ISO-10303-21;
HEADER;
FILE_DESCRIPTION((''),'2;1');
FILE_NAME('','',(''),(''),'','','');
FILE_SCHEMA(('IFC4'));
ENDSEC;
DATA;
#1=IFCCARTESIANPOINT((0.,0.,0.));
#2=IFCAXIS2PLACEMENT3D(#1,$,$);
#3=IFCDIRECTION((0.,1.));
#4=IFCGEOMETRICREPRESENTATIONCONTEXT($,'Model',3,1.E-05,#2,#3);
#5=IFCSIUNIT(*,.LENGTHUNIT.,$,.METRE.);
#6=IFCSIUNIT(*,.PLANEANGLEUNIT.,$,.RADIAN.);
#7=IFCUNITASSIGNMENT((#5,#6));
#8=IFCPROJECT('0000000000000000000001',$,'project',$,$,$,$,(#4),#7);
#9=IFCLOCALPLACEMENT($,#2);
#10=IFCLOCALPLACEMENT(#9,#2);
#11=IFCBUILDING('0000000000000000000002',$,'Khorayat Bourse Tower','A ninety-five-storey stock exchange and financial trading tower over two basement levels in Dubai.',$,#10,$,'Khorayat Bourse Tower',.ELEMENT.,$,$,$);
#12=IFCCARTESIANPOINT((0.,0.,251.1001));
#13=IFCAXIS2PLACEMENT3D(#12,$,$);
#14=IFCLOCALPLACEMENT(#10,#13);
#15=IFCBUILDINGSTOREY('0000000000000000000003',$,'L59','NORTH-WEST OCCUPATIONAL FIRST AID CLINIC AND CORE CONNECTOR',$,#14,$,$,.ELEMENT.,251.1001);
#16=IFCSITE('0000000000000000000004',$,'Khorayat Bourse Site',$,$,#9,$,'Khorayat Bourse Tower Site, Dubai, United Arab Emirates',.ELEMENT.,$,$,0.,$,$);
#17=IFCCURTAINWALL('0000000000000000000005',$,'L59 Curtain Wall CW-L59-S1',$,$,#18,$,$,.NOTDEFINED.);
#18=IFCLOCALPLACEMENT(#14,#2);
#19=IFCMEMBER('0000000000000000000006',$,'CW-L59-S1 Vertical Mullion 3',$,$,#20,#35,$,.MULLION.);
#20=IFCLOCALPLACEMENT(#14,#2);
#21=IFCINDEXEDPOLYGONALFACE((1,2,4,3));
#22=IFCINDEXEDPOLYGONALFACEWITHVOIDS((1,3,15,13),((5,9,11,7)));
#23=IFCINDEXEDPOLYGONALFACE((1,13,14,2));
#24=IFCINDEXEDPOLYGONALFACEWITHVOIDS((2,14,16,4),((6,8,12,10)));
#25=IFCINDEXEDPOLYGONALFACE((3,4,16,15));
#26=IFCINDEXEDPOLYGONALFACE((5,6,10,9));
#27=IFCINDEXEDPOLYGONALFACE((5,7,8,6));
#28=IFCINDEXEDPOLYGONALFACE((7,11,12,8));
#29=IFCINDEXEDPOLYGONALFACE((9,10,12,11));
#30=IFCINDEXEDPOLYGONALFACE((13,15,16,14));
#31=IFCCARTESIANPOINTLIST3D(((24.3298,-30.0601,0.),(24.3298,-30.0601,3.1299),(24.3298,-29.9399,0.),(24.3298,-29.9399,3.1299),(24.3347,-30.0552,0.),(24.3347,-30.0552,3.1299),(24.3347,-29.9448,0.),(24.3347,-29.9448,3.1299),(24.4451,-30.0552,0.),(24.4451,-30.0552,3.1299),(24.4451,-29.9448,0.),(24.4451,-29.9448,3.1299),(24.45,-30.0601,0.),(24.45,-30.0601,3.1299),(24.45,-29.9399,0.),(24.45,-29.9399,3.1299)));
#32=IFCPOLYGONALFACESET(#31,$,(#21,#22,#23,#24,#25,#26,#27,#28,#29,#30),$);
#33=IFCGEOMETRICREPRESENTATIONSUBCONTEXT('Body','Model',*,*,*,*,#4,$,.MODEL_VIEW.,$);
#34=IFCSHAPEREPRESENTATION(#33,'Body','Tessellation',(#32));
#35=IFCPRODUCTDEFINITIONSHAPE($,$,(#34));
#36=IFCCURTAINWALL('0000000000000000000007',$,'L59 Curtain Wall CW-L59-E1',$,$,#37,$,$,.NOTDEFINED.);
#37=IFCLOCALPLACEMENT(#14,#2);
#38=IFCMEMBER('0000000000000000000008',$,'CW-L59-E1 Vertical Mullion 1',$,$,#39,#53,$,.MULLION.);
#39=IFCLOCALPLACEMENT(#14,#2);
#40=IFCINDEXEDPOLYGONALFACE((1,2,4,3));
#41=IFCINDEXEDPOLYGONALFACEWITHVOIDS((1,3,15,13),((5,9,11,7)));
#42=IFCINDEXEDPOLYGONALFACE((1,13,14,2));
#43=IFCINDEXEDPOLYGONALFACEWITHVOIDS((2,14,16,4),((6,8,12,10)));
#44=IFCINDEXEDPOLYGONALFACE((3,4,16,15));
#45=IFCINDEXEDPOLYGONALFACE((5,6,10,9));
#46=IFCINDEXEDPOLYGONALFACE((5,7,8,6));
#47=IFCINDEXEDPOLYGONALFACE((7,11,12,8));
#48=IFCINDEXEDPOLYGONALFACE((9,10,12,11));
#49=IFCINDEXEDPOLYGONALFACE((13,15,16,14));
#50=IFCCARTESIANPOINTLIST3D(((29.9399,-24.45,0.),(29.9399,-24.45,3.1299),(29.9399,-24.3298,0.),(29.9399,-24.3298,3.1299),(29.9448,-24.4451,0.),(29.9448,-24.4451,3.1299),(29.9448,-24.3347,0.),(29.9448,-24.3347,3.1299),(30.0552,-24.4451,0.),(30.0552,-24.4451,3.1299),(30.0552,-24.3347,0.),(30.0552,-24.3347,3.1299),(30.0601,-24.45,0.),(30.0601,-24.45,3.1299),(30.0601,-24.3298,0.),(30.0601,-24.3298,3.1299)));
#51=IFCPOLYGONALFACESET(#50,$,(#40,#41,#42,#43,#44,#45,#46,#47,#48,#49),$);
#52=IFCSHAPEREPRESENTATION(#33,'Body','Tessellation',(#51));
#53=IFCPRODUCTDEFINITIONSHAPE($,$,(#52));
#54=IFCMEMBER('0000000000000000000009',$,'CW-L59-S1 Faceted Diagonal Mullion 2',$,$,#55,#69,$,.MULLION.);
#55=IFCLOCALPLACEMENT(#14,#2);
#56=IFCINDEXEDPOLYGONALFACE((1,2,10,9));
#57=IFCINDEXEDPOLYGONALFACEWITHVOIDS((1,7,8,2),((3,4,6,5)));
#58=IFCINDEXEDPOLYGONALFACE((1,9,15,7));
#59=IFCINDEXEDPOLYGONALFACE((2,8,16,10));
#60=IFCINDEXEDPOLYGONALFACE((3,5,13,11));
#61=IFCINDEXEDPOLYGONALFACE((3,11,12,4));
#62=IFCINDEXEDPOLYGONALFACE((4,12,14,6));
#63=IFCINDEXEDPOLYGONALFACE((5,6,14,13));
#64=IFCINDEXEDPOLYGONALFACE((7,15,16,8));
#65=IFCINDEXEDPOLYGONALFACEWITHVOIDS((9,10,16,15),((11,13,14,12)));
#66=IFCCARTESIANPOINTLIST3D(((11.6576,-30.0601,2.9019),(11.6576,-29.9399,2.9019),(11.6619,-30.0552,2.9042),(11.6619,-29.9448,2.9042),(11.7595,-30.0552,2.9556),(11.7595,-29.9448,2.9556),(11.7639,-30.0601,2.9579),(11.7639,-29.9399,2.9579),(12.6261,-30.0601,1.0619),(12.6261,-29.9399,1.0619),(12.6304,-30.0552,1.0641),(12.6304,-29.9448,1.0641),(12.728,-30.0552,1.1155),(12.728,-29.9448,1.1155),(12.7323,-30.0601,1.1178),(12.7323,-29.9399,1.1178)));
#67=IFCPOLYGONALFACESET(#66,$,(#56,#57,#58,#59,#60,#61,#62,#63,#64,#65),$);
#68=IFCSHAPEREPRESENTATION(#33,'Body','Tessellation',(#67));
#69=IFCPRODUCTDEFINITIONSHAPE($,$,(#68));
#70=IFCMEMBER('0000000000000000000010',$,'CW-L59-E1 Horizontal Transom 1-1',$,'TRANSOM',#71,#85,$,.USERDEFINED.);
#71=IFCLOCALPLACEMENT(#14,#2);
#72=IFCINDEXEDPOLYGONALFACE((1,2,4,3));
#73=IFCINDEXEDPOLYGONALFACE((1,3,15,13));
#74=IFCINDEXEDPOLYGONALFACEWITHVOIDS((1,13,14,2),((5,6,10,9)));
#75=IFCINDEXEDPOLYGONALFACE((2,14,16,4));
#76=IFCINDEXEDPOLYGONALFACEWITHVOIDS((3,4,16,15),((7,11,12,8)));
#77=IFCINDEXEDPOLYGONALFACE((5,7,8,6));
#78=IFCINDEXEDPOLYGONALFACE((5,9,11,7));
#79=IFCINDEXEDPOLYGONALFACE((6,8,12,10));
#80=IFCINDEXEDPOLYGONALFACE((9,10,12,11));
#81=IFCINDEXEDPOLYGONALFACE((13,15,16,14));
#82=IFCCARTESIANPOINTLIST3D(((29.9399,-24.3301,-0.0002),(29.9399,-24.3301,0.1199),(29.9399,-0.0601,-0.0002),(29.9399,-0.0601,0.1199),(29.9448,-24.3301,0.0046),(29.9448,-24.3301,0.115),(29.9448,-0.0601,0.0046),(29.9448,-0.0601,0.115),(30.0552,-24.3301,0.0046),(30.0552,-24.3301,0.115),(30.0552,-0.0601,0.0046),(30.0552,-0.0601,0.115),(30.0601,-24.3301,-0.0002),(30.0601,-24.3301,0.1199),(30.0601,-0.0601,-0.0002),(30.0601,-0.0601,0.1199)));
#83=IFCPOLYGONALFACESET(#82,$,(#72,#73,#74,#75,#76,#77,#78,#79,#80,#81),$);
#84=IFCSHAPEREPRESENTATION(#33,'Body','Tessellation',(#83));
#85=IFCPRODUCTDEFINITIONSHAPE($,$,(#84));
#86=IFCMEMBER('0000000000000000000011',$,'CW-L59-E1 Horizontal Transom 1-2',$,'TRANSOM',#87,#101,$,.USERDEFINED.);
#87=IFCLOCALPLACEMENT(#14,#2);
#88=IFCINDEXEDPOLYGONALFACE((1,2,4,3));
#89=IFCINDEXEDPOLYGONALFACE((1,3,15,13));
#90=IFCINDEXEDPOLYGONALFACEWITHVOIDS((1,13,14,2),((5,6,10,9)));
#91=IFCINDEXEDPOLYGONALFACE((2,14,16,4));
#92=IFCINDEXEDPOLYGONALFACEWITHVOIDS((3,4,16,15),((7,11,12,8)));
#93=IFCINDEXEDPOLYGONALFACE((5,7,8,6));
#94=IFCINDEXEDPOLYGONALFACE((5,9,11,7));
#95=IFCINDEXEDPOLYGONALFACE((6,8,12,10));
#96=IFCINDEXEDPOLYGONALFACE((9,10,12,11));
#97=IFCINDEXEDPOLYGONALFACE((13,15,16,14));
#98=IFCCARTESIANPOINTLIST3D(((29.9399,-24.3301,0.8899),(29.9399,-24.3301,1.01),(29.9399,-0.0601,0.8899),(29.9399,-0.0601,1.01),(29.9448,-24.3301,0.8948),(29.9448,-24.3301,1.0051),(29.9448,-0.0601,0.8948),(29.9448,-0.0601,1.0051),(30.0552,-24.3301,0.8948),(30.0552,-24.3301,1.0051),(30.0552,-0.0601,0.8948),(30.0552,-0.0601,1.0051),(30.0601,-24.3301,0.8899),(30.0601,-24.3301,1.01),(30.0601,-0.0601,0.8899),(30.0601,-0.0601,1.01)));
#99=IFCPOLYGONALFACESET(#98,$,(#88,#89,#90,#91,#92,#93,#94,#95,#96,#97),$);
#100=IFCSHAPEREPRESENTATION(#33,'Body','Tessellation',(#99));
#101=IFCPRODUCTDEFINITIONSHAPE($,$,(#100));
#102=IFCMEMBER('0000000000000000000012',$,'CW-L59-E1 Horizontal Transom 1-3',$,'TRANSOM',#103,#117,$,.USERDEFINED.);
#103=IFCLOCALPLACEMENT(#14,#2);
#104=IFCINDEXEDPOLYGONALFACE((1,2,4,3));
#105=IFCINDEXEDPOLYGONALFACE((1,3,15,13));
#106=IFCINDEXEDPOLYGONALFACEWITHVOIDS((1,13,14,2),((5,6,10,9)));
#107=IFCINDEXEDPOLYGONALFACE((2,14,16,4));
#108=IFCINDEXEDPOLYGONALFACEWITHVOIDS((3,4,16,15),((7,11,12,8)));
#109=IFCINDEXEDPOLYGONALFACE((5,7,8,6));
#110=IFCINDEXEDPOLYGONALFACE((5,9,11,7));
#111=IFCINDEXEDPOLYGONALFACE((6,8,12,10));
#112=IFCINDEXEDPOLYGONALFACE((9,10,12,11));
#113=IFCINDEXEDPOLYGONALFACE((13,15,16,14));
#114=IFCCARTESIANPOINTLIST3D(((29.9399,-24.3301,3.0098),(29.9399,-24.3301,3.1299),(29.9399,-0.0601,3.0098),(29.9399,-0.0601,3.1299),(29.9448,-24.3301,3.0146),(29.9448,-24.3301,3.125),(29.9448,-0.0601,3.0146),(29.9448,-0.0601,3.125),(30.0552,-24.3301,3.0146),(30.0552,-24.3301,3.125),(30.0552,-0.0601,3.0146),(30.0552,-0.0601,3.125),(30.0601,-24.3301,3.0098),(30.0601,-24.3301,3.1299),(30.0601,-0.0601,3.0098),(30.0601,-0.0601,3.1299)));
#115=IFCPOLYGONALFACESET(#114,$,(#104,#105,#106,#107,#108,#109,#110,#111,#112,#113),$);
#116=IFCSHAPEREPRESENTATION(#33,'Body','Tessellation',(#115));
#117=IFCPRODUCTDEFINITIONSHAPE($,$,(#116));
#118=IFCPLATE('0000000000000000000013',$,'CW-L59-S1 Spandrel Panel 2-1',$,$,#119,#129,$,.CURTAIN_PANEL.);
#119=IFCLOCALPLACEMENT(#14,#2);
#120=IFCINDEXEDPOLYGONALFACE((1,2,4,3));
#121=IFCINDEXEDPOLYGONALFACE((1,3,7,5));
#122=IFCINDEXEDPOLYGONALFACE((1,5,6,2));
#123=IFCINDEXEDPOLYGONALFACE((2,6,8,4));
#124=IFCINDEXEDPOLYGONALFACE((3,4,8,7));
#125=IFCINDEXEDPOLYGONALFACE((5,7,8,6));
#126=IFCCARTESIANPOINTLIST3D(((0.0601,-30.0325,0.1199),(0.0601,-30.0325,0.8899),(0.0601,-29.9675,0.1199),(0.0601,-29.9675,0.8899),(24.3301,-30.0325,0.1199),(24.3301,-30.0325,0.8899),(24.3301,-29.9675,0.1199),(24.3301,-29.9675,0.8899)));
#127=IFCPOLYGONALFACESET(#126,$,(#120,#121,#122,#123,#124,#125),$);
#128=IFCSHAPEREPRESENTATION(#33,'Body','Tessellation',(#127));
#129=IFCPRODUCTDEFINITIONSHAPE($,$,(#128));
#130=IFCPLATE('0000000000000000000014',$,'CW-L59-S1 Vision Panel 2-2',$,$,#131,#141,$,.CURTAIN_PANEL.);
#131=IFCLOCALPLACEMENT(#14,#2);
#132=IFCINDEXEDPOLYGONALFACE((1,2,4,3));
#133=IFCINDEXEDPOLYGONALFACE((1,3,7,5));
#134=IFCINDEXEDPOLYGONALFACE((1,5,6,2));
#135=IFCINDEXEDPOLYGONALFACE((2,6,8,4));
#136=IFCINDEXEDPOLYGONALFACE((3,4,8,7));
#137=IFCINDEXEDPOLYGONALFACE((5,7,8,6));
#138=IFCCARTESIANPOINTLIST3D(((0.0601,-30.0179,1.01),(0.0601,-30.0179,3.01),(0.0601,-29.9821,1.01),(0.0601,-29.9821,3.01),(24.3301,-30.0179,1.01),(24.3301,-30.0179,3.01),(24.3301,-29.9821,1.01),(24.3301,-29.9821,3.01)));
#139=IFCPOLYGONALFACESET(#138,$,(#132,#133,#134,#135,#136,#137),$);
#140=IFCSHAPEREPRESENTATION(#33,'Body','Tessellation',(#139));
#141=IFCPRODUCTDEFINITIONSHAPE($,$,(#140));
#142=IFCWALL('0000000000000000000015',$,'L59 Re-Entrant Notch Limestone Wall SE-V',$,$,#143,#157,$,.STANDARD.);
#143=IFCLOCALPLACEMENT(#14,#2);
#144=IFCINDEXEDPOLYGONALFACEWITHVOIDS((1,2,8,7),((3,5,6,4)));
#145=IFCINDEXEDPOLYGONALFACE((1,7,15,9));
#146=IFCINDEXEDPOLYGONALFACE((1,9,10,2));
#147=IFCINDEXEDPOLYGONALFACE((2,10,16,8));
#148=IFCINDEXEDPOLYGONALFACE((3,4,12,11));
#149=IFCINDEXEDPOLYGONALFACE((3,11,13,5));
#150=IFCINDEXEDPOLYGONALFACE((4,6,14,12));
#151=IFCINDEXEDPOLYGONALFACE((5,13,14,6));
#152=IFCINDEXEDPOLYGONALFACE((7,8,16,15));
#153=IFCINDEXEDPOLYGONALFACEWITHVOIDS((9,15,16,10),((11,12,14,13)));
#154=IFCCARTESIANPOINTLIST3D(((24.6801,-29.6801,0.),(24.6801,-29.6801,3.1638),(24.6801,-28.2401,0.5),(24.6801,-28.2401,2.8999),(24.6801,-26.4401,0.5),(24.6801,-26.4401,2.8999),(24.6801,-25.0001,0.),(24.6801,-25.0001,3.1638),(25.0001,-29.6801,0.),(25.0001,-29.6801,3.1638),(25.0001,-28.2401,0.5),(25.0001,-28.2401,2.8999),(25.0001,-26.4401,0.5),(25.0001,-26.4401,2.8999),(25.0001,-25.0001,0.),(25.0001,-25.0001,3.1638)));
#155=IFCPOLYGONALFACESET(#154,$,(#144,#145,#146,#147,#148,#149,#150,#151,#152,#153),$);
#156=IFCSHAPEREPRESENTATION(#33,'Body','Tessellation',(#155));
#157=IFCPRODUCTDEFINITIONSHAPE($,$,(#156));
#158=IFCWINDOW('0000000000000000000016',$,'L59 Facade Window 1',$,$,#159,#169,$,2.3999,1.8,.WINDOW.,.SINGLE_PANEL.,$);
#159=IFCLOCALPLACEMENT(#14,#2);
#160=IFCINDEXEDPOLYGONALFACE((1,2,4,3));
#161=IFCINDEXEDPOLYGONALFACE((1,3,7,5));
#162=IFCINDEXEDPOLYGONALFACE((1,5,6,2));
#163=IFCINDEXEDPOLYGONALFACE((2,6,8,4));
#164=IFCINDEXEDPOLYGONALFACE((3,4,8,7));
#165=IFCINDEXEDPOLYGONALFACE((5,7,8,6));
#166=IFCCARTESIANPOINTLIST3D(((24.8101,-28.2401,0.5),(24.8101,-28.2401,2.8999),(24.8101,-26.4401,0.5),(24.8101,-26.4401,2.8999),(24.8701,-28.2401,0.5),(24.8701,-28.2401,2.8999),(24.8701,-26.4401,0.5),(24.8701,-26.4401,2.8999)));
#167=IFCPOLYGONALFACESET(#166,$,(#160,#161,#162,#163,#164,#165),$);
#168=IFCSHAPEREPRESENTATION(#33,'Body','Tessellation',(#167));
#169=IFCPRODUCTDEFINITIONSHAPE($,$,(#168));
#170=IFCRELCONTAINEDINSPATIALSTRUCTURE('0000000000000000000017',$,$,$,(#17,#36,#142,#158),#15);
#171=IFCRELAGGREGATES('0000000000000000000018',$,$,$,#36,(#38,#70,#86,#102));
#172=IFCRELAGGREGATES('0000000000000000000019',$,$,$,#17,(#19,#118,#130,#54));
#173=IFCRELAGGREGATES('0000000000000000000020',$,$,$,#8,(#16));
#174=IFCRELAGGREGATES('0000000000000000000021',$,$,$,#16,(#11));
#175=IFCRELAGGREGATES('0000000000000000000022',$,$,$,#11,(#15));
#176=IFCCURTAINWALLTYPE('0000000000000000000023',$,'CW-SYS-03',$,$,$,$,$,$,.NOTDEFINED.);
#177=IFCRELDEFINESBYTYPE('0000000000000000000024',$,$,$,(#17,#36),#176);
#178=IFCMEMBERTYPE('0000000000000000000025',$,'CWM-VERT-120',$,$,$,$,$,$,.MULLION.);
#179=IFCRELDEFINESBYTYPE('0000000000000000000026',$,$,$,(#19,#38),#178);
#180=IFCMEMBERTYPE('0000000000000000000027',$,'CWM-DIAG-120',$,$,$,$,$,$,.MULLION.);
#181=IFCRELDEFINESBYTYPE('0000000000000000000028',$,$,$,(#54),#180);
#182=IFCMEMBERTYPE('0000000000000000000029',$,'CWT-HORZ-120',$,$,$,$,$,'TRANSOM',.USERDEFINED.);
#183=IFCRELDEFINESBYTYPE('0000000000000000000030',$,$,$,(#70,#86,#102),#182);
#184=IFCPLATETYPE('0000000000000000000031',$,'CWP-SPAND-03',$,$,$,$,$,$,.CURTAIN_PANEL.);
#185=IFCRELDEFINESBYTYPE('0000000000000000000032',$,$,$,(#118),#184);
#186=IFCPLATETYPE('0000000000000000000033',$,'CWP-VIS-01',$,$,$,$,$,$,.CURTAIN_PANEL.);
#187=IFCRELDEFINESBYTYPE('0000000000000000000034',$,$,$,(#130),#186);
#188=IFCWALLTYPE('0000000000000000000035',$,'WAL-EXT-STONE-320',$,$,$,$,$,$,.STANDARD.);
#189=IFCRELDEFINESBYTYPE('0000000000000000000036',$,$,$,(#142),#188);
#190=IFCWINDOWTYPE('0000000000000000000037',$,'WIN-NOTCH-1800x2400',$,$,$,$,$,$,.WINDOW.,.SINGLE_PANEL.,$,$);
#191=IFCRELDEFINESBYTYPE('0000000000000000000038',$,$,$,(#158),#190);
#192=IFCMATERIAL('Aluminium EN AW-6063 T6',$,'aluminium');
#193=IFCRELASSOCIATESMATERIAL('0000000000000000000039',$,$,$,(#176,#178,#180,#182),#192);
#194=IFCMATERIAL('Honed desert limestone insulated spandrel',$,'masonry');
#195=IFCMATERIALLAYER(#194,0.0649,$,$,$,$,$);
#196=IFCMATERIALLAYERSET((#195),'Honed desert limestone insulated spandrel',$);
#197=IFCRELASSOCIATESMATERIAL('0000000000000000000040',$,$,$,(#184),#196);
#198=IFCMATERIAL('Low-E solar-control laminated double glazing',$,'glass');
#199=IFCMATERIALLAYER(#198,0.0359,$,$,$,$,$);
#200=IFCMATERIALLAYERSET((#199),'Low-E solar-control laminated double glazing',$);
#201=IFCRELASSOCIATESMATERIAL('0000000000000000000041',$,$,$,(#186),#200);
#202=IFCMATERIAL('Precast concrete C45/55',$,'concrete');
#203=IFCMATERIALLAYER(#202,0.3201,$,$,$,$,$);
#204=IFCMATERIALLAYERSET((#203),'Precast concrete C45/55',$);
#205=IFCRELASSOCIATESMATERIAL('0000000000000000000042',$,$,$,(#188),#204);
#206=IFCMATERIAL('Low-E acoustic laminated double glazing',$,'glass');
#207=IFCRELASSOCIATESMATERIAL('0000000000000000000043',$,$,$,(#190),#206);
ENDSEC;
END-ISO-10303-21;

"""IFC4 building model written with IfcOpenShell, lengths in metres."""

from ifc_helpers import new_model, si_unit, direction, frame, frame_2d, origin, origin_2d, place, context, subcontext, project, spatial, rectangle, hollow_rectangle, extrude, source, transform, mapped, material, layer, layer_set, material_profile, profile_set, type_object, element, fill, aggregate, save


model = new_model("IFC4")

# Units and contexts
model_context = context("Model", 3, precision=1e-05, world=origin(), true_north=direction((0.0, 1.0)))
body_context = subcontext(model_context, "Body", "Model", "MODEL_VIEW")
ifc_project = project(units=[si_unit("LENGTHUNIT", "METRE"), si_unit("PLANEANGLEUNIT", "RADIAN")], contexts=[model_context])

# Site, building, storey
site_placement = place(None, origin())
site = spatial("IfcSite", under=ifc_project, at=site_placement, Name="Khorayat Bourse Site", LongName="Khorayat Bourse Tower Site, Dubai, United Arab Emirates", CompositionType="ELEMENT", RefElevation=0.0)
building_placement = place(site_placement, origin())
building = spatial("IfcBuilding", under=site, at=building_placement, Name="Khorayat Bourse Tower", Description="A ninety-five-storey stock exchange and financial trading tower over two basement levels in Dubai.", LongName="Khorayat Bourse Tower", CompositionType="ELEMENT")
storey_placement = place(building_placement, frame((0.0, 0.0, 251.1001)))
storey = spatial("IfcBuildingStorey", under=building, at=storey_placement, Name="L59", Description="NORTH-WEST OCCUPATIONAL FIRST AID CLINIC AND CORE CONNECTOR", CompositionType="ELEMENT", Elevation=251.1001)

# Curtain walls, members
ifc_material_1 = material(Name="Aluminium EN AW-6063 T6", Category="aluminium")
curtain_wall_type = type_object("IfcCurtainWallType", Name="CW-SYS-03", PredefinedType="NOTDEFINED", material=ifc_material_1)
curtain_wall_1_placement = place(storey_placement, origin())
curtain_wall_1 = element("IfcCurtainWall", 1, at=curtain_wall_1_placement, inside=storey, type_object=curtain_wall_type, Name="L59 Curtain Wall CW-L59-S1", PredefinedType="NOTDEFINED")
ifc_material_profile_1 = material_profile(ifc_material_1, hollow_rectangle(XDim=0.1201, YDim=0.1201, WallThickness=0.0049, at=origin_2d()), Name="ALU 120x120x5")
ifc_profile_set_1 = profile_set([ifc_material_profile_1], Name="Aluminium EN AW-6063 T6")
member_type_1 = type_object("IfcMemberType", Name="CWM-VERT-120", PredefinedType="MULLION", material=ifc_profile_set_1)
shared_shape_1 = source(origin(), body_context, "Body", "SweptSolid", [
    extrude(hollow_rectangle(XDim=0.1201, YDim=0.1201, WallThickness=0.0049, at=origin_2d()), origin(), (0.0, 0.0, 1.0), 3.1299),
])
member_1_placement = place(storey_placement, frame((24.3899, -30.0, 0.0), z_axis=(0.0, 0.0, 1.0), x_axis=(0.0, 1.0, 0.0)))
member_1 = element("IfcMember", 2, at=member_1_placement, type_object=member_type_1, Name="CW-L59-S1 Vertical Mullion 3", PredefinedType="MULLION", context=body_context, shape_type="MappedRepresentation", body=[
    mapped(shared_shape_1, transform((0.0, 0.0, 0.0), scale=1.0)),
])
curtain_wall_2_placement = place(storey_placement, origin())
curtain_wall_2 = element("IfcCurtainWall", 3, at=curtain_wall_2_placement, inside=storey, type_object=curtain_wall_type, Name="L59 Curtain Wall CW-L59-E1", PredefinedType="NOTDEFINED")
member_2_placement = place(storey_placement, frame((30.0, -24.3899, 0.0), z_axis=(0.0, 0.0, 1.0), x_axis=(-1.0, 0.0, 0.0)))
member_2 = element("IfcMember", 4, at=member_2_placement, type_object=member_type_1, Name="CW-L59-E1 Vertical Mullion 1", PredefinedType="MULLION", context=body_context, shape_type="MappedRepresentation", body=[
    mapped(shared_shape_1, transform((0.0, 0.0, 0.0), scale=1.0)),
])

# Members
ifc_material_profile_2 = material_profile(ifc_material_1, hollow_rectangle(XDim=0.1201, YDim=0.1201, WallThickness=0.0049, at=origin_2d()), Name="ALU 120x120x5")
ifc_profile_set_2 = profile_set([ifc_material_profile_2], Name="Aluminium EN AW-6063 T6")
member_type_2 = type_object("IfcMemberType", Name="CWM-DIAG-120", PredefinedType="MULLION", material=ifc_profile_set_2)
shared_shape_2 = source(origin(), body_context, "Body", "SweptSolid", [
    extrude(hollow_rectangle(XDim=0.1201, YDim=0.1201, WallThickness=0.0049, at=origin_2d()), origin(), (0.0, 0.0, 1.0), 2.0793),
])
member_3_placement = place(storey_placement, frame((12.6792, -30.0, 1.0898), z_axis=(-0.465761, 0.0, 0.884911), x_axis=(0.0, -1.0, 0.0)))
member_3 = element("IfcMember", 5, at=member_3_placement, type_object=member_type_2, Name="CW-L59-S1 Faceted Diagonal Mullion 2", PredefinedType="MULLION", context=body_context, shape_type="MappedRepresentation", body=[
    mapped(shared_shape_2, transform((0.0, 0.0, 0.0), scale=1.0)),
])
ifc_material_profile_3 = material_profile(ifc_material_1, hollow_rectangle(XDim=0.1201, YDim=0.1201, WallThickness=0.0049, at=origin_2d()), Name="ALU 120x120x5")
ifc_profile_set_3 = profile_set([ifc_material_profile_3], Name="Aluminium EN AW-6063 T6")
member_type_3 = type_object("IfcMemberType", Name="CWT-HORZ-120", ElementType="TRANSOM", PredefinedType="USERDEFINED", material=ifc_profile_set_3)
shared_shape_3 = source(origin(), body_context, "Body", "SweptSolid", [
    extrude(hollow_rectangle(XDim=0.1201, YDim=0.1201, WallThickness=0.0049, at=origin_2d()), origin(), (0.0, 0.0, 1.0), 24.27),
])
member_4_placement = place(storey_placement, frame((30.0, -24.3301, 0.0598), z_axis=(0.0, 1.0, 0.0), x_axis=(-1.0, 0.0, 0.0)))
member_4 = element("IfcMember", 6, at=member_4_placement, type_object=member_type_3, Name="CW-L59-E1 Horizontal Transom 1-1", ObjectType="TRANSOM", PredefinedType="USERDEFINED", context=body_context, shape_type="MappedRepresentation", body=[
    mapped(shared_shape_3, transform((0.0, 0.0, 0.0), scale=1.0)),
])
member_5_placement = place(storey_placement, frame((30.0, -24.3301, 0.95), z_axis=(0.0, 1.0, 0.0), x_axis=(-1.0, 0.0, 0.0)))
member_5 = element("IfcMember", 7, at=member_5_placement, type_object=member_type_3, Name="CW-L59-E1 Horizontal Transom 1-2", ObjectType="TRANSOM", PredefinedType="USERDEFINED", context=body_context, shape_type="MappedRepresentation", body=[
    mapped(shared_shape_3, transform((0.0, 0.0, 0.0), scale=1.0)),
])
member_6_placement = place(storey_placement, frame((30.0, -24.3301, 3.0698), z_axis=(0.0, 1.0, 0.0), x_axis=(-1.0, 0.0, 0.0)))
member_6 = element("IfcMember", 8, at=member_6_placement, type_object=member_type_3, Name="CW-L59-E1 Horizontal Transom 1-3", ObjectType="TRANSOM", PredefinedType="USERDEFINED", context=body_context, shape_type="MappedRepresentation", body=[
    mapped(shared_shape_3, transform((0.0, 0.0, 0.0), scale=1.0)),
])
aggregate(curtain_wall_2, [member_2, member_4, member_5, member_6])

# Plates
ifc_material_2 = material(Name="Honed desert limestone insulated spandrel", Category="masonry")
ifc_layer_1 = layer(ifc_material_2, 0.0649)
ifc_layer_set_1 = layer_set([ifc_layer_1], Name="Honed desert limestone insulated spandrel")
plate_type_1 = type_object("IfcPlateType", Name="CWP-SPAND-03", PredefinedType="CURTAIN_PANEL", material=ifc_layer_set_1)
shared_shape_4 = source(origin(), body_context, "Body", "SweptSolid", [
    extrude(rectangle(XDim=24.27, YDim=0.0649, at=origin_2d()), origin(), (0.0, 0.0, 1.0), 0.77),
])
plate_1_placement = place(storey_placement, frame((12.1951, -30.0, 0.1199), z_axis=(0.0, 0.0, 1.0), x_axis=(1.0, 0.0, 0.0)))
plate_1 = element("IfcPlate", 9, at=plate_1_placement, type_object=plate_type_1, Name="CW-L59-S1 Spandrel Panel 2-1", PredefinedType="CURTAIN_PANEL", context=body_context, shape_type="MappedRepresentation", body=[
    mapped(shared_shape_4, transform((0.0, 0.0, 0.0), scale=1.0)),
])
ifc_material_3 = material(Name="Low-E solar-control laminated double glazing", Category="glass")
ifc_layer_2 = layer(ifc_material_3, 0.0359)
ifc_layer_set_2 = layer_set([ifc_layer_2], Name="Low-E solar-control laminated double glazing")
plate_type_2 = type_object("IfcPlateType", Name="CWP-VIS-01", PredefinedType="CURTAIN_PANEL", material=ifc_layer_set_2)
shared_shape_5 = source(origin(), body_context, "Body", "SweptSolid", [
    extrude(rectangle(XDim=24.27, YDim=0.0359, at=origin_2d()), origin(), (0.0, 0.0, 1.0), 2.0),
])
plate_2_placement = place(storey_placement, frame((12.1951, -30.0, 1.01), z_axis=(0.0, 0.0, 1.0), x_axis=(1.0, 0.0, 0.0)))
plate_2 = element("IfcPlate", 10, at=plate_2_placement, type_object=plate_type_2, Name="CW-L59-S1 Vision Panel 2-2", PredefinedType="CURTAIN_PANEL", context=body_context, shape_type="MappedRepresentation", body=[
    mapped(shared_shape_5, transform((0.0, 0.0, 0.0), scale=1.0)),
])
aggregate(curtain_wall_1, [member_1, plate_1, plate_2, member_3])

# Wall, opening, window
ifc_material_4 = material(Name="Precast concrete C45/55", Category="concrete")
ifc_layer_3 = layer(ifc_material_4, 0.3201)
ifc_layer_set_3 = layer_set([ifc_layer_3], Name="Precast concrete C45/55")
wall_type_1 = type_object("IfcWallType", Name="WAL-EXT-STONE-320", PredefinedType="STANDARD", material=ifc_layer_set_3)
shared_shape_6 = source(origin(), body_context, "Body", "SweptSolid", [
    extrude(rectangle(XDim=4.6799, YDim=0.3201, at=frame_2d((2.3398, 0.0))), origin(), (0.0, 0.0, 1.0), 3.1638),
])
wall_1_placement = place(storey_placement, frame((24.8401, -29.6799, 0.0), z_axis=(0.0, 0.0, 1.0), x_axis=(0.0, 1.0, 0.0)))
wall_1 = element("IfcWall", 11, at=wall_1_placement, inside=storey, type_object=wall_type_1, Name="L59 Re-Entrant Notch Limestone Wall SE-V", PredefinedType="STANDARD", context=body_context, shape_type="MappedRepresentation", body=[
    mapped(shared_shape_6, transform((0.0, 0.0, 0.0), scale=1.0)),
])
shared_shape_7 = source(origin(), body_context, "Body", "SweptSolid", [
    extrude(rectangle(XDim=1.8, YDim=2.3999, at=frame_2d((0.8999, 1.2))), frame((0.0, 0.1699, 0.0), z_axis=(0.0, -1.0, 0.0), x_axis=(1.0, 0.0, 0.0)), (0.0, 0.0, 1.0), 0.3401),
])
opening_1_placement = place(wall_1_placement, frame((1.4399, 0.0, 0.5)))
opening_1 = element("IfcOpeningElement", 12, at=opening_1_placement, cuts=wall_1, PredefinedType="OPENING", context=body_context, shape_type="MappedRepresentation", body=[
    mapped(shared_shape_7, transform((0.0, 0.0, 0.0), scale=1.0)),
])
ifc_material_5 = material(Name="Low-E acoustic laminated double glazing", Category="glass")
window_type = type_object("IfcWindowType", Name="WIN-NOTCH-1800x2400", PartitioningType="SINGLE_PANEL", PredefinedType="WINDOW", material=ifc_material_5)
shared_shape_8 = source(origin(), body_context, "Body", "SweptSolid", [
    extrude(rectangle(XDim=1.8, YDim=2.3999, at=frame_2d((0.8999, 1.2))), frame((0.0, 0.03, 0.0), z_axis=(0.0, -1.0, 0.0), x_axis=(1.0, 0.0, 0.0)), (0.0, 0.0, 1.0), 0.0601),
])
window_1_placement = place(opening_1_placement, origin())
window_1 = element("IfcWindow", 13, at=window_1_placement, inside=storey, type_object=window_type, Name="L59 Facade Window 1", OverallHeight=2.3999, OverallWidth=1.8, PartitioningType="SINGLE_PANEL", PredefinedType="WINDOW", context=body_context, shape_type="MappedRepresentation", body=[
    mapped(shared_shape_8, transform((0.0, 0.0, 0.0), scale=1.0)),
])
fill(opening_1, window_1)

save(model, "model.ifc")
